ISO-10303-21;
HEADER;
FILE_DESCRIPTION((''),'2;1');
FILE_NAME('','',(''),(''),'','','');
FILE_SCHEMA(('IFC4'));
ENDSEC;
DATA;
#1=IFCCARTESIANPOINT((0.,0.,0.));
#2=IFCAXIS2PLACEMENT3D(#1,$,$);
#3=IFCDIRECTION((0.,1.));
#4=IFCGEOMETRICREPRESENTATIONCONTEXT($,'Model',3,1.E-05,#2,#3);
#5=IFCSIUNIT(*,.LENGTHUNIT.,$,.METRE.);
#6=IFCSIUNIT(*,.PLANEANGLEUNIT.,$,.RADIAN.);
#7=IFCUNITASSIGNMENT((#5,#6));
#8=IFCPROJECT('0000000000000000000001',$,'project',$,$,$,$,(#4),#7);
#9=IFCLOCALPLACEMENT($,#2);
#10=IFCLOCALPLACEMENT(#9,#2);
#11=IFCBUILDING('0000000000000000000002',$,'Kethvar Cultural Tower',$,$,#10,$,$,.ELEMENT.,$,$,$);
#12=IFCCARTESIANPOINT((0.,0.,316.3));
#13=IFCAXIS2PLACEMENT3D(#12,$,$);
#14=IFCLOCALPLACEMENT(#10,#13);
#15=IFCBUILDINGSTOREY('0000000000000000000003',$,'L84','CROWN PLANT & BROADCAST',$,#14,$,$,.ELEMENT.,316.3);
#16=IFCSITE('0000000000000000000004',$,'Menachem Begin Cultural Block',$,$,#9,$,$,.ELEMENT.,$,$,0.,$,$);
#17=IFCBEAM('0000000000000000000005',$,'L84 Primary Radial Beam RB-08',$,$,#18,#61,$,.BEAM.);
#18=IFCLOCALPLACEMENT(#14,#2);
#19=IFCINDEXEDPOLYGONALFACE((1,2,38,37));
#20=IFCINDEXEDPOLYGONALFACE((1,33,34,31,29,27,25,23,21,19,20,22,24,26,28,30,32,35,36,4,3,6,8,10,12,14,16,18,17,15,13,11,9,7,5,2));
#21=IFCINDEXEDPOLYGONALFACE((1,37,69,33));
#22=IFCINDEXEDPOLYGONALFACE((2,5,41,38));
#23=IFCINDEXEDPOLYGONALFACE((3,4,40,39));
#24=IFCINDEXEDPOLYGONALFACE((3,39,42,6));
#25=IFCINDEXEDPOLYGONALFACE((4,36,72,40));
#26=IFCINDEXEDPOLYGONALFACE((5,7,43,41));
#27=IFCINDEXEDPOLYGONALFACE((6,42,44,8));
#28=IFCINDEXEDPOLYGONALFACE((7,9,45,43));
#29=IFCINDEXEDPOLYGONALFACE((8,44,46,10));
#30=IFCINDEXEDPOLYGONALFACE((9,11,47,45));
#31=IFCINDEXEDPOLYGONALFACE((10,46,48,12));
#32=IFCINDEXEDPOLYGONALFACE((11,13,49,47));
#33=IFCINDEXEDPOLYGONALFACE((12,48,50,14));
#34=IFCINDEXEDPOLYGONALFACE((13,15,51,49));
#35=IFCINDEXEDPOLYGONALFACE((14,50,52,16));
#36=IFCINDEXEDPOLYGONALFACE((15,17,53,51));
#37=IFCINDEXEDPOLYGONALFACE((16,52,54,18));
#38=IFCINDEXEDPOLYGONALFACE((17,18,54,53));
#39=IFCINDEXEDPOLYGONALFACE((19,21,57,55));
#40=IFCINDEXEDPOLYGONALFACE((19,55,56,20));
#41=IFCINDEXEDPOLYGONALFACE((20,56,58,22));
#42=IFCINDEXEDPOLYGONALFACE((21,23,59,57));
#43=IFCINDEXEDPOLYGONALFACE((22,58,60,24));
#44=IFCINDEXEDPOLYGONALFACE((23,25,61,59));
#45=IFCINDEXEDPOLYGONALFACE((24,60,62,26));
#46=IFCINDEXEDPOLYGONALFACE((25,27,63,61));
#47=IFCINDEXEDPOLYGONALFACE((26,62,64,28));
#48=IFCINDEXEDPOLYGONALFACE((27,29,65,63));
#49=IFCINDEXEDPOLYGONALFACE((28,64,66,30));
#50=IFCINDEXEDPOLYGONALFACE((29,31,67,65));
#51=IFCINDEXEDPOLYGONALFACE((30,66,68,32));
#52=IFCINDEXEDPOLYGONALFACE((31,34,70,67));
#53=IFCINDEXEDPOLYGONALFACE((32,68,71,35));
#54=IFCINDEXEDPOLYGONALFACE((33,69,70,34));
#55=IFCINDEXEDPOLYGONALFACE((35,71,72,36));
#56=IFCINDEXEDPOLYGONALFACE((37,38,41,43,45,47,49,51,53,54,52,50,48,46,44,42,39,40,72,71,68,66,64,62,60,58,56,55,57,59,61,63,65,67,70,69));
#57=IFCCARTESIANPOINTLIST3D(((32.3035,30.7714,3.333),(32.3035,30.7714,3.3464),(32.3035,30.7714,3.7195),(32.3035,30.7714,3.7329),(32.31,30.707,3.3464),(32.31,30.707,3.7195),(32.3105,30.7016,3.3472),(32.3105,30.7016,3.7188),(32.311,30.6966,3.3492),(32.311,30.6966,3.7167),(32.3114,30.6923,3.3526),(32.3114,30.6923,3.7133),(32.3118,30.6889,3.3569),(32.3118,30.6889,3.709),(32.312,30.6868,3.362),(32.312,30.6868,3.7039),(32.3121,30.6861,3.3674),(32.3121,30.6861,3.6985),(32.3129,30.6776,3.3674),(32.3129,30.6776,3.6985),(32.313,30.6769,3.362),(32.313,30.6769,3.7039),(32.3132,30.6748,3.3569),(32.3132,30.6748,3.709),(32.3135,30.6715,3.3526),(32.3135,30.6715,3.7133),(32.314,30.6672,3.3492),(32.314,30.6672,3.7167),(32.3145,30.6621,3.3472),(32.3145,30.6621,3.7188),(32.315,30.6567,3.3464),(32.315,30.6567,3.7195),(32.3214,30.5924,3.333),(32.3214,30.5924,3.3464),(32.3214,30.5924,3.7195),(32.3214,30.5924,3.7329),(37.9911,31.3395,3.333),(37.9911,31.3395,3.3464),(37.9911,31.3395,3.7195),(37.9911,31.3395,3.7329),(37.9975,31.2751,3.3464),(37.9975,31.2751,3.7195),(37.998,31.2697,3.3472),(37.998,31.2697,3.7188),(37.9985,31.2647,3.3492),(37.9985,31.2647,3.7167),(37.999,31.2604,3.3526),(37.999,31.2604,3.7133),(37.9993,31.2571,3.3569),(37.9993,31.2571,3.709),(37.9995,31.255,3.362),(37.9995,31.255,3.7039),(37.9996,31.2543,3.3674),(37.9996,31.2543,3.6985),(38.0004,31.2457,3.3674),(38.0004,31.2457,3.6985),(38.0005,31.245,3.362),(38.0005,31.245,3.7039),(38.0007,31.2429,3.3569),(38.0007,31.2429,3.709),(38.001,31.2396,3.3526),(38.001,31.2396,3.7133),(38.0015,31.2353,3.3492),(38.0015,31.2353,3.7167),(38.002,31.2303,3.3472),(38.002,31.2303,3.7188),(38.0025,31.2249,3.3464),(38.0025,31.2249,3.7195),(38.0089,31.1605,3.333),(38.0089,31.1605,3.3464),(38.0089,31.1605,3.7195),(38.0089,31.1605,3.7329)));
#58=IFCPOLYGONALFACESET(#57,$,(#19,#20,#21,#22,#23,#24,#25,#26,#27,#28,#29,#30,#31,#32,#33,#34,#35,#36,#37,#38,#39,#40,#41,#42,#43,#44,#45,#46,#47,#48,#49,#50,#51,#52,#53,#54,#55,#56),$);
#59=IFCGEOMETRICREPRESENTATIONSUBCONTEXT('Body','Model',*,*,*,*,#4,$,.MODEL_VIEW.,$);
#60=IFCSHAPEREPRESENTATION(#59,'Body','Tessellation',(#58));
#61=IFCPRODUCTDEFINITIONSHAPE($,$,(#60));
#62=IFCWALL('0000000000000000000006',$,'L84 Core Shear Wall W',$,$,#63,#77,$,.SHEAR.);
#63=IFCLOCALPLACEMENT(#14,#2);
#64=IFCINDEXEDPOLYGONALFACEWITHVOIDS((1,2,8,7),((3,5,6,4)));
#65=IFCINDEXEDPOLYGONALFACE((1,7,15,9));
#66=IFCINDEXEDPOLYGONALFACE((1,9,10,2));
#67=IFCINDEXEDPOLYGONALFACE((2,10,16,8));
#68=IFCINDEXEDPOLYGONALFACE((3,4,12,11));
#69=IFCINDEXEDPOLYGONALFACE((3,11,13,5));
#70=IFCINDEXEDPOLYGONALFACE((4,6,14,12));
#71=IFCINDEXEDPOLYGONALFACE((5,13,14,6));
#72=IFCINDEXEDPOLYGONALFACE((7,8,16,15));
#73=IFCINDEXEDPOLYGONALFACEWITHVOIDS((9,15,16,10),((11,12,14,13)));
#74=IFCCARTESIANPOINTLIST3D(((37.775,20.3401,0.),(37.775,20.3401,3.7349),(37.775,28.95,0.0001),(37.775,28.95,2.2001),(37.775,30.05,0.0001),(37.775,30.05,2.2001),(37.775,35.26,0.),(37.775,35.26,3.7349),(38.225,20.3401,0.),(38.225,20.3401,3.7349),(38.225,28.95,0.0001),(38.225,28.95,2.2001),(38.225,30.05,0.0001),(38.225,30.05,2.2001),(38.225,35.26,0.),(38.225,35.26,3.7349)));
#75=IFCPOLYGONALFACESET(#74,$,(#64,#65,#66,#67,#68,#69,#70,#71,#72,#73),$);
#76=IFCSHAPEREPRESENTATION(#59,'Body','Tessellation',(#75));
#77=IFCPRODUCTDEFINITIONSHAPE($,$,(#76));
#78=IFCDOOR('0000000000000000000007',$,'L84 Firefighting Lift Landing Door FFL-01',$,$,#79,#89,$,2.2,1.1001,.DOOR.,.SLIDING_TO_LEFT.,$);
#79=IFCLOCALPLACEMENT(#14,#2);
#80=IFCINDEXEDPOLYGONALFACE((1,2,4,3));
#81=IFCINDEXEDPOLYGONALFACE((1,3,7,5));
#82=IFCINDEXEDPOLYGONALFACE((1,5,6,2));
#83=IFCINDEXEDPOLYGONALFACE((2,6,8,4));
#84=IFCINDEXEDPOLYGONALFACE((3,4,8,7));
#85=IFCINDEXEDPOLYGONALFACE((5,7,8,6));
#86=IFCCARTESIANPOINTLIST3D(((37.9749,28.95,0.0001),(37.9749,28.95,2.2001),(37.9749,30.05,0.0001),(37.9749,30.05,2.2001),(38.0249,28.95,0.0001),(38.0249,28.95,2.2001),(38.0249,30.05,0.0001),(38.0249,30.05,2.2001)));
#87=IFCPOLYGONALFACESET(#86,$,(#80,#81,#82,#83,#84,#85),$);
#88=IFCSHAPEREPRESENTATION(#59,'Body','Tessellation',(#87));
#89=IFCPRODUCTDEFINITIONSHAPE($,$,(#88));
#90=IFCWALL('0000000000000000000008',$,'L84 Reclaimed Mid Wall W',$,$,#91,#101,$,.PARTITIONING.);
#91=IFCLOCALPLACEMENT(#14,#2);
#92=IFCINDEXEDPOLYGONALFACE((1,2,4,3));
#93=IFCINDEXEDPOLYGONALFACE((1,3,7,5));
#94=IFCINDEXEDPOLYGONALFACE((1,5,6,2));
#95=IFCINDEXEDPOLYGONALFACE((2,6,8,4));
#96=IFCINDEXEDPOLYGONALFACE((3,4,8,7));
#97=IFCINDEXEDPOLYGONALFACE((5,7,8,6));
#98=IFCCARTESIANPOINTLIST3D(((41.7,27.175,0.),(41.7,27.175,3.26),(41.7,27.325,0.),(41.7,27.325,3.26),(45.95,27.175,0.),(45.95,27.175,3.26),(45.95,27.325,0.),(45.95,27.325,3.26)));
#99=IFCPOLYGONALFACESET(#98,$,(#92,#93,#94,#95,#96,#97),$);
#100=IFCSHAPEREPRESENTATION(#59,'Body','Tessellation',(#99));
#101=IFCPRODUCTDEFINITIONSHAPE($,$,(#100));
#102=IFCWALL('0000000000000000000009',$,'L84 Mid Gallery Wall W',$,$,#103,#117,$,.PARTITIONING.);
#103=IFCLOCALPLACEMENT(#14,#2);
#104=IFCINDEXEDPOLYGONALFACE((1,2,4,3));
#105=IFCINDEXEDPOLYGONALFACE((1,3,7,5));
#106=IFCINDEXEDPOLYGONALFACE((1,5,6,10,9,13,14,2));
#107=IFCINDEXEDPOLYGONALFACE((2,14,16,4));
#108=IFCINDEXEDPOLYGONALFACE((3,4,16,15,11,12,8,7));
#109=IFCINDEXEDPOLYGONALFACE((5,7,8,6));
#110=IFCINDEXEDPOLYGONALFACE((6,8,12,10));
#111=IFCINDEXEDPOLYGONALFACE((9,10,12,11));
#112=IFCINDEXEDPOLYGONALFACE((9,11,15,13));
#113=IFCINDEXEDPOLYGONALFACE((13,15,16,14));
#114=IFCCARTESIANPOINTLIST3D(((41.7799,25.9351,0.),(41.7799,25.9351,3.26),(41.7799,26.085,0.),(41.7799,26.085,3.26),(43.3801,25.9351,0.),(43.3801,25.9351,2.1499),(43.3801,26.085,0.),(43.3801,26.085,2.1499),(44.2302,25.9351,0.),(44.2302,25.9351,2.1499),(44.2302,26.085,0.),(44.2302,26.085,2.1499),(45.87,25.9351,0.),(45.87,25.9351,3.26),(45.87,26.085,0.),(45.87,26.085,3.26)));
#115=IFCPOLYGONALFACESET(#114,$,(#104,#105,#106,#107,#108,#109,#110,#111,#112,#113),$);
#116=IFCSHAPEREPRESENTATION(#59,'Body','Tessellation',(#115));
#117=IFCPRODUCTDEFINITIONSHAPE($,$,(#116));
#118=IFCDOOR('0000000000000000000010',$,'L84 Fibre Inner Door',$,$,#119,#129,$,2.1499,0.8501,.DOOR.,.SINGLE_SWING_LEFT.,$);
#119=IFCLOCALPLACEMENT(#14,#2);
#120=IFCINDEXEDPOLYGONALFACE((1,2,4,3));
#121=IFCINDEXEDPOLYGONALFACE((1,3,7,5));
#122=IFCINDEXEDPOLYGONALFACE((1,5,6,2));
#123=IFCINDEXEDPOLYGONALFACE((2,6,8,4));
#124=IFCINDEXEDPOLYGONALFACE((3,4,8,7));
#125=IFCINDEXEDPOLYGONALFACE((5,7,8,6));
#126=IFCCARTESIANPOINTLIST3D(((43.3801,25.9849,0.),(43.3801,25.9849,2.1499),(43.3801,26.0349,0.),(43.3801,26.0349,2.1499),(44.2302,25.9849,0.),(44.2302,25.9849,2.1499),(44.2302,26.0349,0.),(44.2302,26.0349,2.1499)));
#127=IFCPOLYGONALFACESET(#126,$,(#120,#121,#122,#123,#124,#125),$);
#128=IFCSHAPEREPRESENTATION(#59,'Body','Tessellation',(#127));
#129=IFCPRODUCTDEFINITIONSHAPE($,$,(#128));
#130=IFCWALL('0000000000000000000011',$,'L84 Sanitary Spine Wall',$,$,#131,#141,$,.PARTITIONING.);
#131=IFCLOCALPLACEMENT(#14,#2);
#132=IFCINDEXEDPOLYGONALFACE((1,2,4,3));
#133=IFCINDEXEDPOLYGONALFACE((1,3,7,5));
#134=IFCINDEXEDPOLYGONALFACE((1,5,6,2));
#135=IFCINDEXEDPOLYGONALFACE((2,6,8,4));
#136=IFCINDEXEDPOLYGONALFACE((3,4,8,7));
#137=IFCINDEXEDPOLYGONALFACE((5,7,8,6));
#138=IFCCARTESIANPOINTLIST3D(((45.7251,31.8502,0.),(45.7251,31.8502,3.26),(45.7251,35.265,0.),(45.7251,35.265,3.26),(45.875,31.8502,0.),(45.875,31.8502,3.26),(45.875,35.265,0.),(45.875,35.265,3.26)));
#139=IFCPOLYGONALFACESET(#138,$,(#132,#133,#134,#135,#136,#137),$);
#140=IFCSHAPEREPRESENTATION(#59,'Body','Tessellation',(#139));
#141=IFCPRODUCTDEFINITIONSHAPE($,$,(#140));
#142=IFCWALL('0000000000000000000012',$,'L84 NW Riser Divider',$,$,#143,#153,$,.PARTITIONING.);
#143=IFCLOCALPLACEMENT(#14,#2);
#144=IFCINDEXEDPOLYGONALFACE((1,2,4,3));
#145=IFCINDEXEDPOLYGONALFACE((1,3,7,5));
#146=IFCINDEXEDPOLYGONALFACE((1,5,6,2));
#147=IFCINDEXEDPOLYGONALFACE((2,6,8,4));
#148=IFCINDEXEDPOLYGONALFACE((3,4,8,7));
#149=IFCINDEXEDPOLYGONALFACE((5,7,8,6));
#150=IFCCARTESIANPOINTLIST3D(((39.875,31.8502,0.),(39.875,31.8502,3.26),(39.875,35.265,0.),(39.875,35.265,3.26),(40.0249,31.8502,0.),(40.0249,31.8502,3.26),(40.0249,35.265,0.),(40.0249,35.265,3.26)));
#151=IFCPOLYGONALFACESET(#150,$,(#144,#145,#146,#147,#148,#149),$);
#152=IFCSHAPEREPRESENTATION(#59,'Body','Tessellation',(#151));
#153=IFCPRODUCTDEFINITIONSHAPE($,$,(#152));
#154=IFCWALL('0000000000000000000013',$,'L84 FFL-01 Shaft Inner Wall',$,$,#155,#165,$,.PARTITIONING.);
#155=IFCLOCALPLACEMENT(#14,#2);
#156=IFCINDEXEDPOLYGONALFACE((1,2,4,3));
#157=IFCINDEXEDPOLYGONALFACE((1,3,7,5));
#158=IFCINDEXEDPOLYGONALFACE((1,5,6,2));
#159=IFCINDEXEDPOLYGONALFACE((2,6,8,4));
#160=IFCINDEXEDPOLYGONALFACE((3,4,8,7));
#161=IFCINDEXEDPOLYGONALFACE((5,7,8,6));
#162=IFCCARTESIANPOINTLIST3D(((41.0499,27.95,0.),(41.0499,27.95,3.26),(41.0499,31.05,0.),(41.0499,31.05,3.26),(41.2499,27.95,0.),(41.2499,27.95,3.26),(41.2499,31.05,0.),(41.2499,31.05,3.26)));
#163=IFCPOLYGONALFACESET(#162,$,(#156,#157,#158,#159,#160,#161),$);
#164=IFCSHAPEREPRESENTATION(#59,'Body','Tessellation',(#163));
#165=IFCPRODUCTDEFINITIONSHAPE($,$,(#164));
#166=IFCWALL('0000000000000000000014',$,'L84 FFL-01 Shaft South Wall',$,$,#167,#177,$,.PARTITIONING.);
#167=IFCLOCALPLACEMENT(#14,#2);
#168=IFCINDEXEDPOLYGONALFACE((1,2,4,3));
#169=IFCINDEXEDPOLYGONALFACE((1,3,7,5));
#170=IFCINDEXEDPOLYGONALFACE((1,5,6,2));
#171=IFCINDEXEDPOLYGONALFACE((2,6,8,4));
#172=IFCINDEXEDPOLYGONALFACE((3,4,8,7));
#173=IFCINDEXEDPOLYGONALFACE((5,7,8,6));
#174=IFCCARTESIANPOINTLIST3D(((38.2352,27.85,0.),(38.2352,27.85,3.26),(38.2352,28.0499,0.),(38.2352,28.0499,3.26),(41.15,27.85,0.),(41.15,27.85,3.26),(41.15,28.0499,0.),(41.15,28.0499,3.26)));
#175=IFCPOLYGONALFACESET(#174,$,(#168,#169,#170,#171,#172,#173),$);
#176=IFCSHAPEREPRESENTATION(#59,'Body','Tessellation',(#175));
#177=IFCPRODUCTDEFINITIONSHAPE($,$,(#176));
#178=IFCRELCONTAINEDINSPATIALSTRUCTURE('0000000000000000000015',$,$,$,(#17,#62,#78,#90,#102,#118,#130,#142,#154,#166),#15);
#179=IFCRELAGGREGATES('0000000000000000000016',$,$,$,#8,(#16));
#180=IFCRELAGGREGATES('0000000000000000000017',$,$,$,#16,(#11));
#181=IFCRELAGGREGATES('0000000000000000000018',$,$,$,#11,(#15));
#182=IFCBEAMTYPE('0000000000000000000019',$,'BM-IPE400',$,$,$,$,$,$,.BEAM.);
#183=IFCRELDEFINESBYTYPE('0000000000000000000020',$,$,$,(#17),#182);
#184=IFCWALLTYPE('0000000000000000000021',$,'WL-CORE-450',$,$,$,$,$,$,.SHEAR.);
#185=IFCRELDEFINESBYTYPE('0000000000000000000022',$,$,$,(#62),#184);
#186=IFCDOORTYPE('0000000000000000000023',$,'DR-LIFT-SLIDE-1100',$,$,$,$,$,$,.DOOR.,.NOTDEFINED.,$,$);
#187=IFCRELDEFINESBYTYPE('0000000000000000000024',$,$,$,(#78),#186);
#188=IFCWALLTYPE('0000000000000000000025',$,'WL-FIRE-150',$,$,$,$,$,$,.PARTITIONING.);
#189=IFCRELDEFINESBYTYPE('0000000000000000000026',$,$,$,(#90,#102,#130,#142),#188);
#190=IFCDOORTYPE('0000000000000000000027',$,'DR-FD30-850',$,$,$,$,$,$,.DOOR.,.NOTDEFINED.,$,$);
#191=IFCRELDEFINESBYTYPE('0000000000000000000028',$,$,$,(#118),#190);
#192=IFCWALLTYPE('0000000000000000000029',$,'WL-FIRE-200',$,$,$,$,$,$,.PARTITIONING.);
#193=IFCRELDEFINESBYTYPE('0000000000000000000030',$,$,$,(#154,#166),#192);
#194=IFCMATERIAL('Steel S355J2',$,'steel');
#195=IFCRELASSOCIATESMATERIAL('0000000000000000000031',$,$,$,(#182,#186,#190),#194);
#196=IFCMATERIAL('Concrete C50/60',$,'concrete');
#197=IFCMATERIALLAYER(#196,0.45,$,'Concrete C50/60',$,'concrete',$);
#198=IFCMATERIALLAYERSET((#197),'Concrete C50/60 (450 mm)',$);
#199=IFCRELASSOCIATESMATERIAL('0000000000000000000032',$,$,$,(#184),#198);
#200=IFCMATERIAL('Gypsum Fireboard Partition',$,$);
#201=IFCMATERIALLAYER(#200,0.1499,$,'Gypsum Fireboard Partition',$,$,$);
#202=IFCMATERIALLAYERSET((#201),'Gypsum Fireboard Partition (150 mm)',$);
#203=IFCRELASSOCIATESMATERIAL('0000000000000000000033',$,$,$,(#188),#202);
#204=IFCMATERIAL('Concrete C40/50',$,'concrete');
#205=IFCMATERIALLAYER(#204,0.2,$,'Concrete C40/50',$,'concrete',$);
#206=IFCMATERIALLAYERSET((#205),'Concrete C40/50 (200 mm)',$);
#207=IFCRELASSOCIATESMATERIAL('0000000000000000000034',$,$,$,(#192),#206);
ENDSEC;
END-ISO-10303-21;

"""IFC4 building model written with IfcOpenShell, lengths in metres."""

from ifc_helpers import new_model, si_unit, direction, frame, frame_2d, origin, origin_2d, place, context, subcontext, project, spatial, rectangle, i_section, extrude, source, transform, mapped, material, layer, layer_set, material_profile, profile_set, type_object, element, fill, save


model = new_model("IFC4")

# Units and contexts
model_context = context("Model", 3, precision=1e-05, world=origin(), true_north=direction((0.0, 1.0)))
body_context = subcontext(model_context, "Body", "Model", "MODEL_VIEW")
ifc_project = project(units=[si_unit("LENGTHUNIT", "METRE"), si_unit("PLANEANGLEUNIT", "RADIAN")], contexts=[model_context])

# Site, building, storey
site_placement = place(None, origin())
site = spatial("IfcSite", under=ifc_project, at=site_placement, Name="Menachem Begin Cultural Block", CompositionType="ELEMENT", RefElevation=0.0)
building_placement = place(site_placement, origin())
building = spatial("IfcBuilding", under=site, at=building_placement, Name="Kethvar Cultural Tower", CompositionType="ELEMENT")
storey_placement = place(building_placement, frame((0.0, 0.0, 316.3)))
storey = spatial("IfcBuildingStorey", under=building, at=storey_placement, Name="L84", Description="CROWN PLANT & BROADCAST", CompositionType="ELEMENT", Elevation=316.3)

# Beam
ifc_material_1 = material(Name="Steel S355J2", Category="steel")
ifc_material_profile_1 = material_profile(ifc_material_1, i_section(OverallWidth=0.1799, OverallDepth=0.3999, WebThickness=0.0085, FlangeThickness=0.0134, FilletRadius=0.021, at=origin_2d()), Name="Steel S355J2 — IPE400")
ifc_profile_set_1 = profile_set([ifc_material_profile_1], Name="Steel S355J2 — IPE400")
beam_type_1 = type_object("IfcBeamType", Name="BM-IPE400", PredefinedType="BEAM", material=ifc_profile_set_1)
shared_shape_1 = source(origin(), body_context, "Body", "SweptSolid", [
    extrude(i_section(OverallWidth=0.1799, OverallDepth=0.3999, WebThickness=0.0085, FlangeThickness=0.0134, FilletRadius=0.021, at=origin_2d()), origin(), (0.0, 0.0, 1.0), 5.7158),
])
beam_1_placement = place(storey_placement, frame((38.0, 31.25, 3.533), z_axis=(-0.995048, -0.099394, 0.0), x_axis=(0.099394, -0.995048, 0.0)))
element("IfcBeam", 1, at=beam_1_placement, inside=storey, type_object=beam_type_1, Name="L84 Primary Radial Beam RB-08", PredefinedType="BEAM", context=body_context, shape_type="MappedRepresentation", body=[
    mapped(shared_shape_1, transform((0.0, 0.0, 0.0), scale=1.0)),
])

# Wall, opening, door
ifc_material_2 = material(Name="Concrete C50/60", Category="concrete")
ifc_layer_1 = layer(ifc_material_2, 0.45, Name="Concrete C50/60", Category="concrete")
ifc_layer_set_1 = layer_set([ifc_layer_1], Name="Concrete C50/60 (450 mm)")
wall_type_1 = type_object("IfcWallType", Name="WL-CORE-450", PredefinedType="SHEAR", material=ifc_layer_set_1)
wall_1_placement = place(storey_placement, frame((38.0, 35.26, 0.0), z_axis=(0.0, 0.0, 1.0), x_axis=(0.0, -1.0, 0.0)))
wall_1 = element("IfcWall", 2, at=wall_1_placement, inside=storey, type_object=wall_type_1, Name="L84 Core Shear Wall W", PredefinedType="SHEAR", context=body_context, shape_type="SweptSolid", body=[
    extrude(rectangle(XDim=14.9199, YDim=0.45, at=frame_2d((7.46, 0.0))), origin(), (0.0, 0.0, 1.0), 3.7349),
])
opening_1_placement = place(wall_1_placement, frame((5.21, 0.0, 0.0)))
opening_1 = element("IfcOpeningElement", 3, at=opening_1_placement, cuts=wall_1, PredefinedType="OPENING", context=body_context, shape_type="SweptSolid", body=[
    extrude(rectangle(XDim=1.1001, YDim=2.2, at=frame_2d((0.55, 1.1001))), frame((0.0, 0.2349, 0.0), z_axis=(0.0, -1.0, 0.0), x_axis=(1.0, 0.0, 0.0)), (0.0, 0.0, 1.0), 0.47),
])
door_type_1 = type_object("IfcDoorType", Name="DR-LIFT-SLIDE-1100", OperationType="NOTDEFINED", PredefinedType="DOOR", material=ifc_material_1)
shared_shape_2 = source(origin(), body_context, "Body", "SweptSolid", [
    extrude(rectangle(XDim=1.1001, YDim=2.2, at=frame_2d((0.55, 1.1001))), frame((0.0, 0.0249, 0.0), z_axis=(0.0, -1.0, 0.0), x_axis=(1.0, 0.0, 0.0)), (0.0, 0.0, 1.0), 0.05),
])
door_1_placement = place(opening_1_placement, origin())
door_1 = element("IfcDoor", 4, at=door_1_placement, inside=storey, type_object=door_type_1, Name="L84 Firefighting Lift Landing Door FFL-01", OperationType="SLIDING_TO_LEFT", OverallHeight=2.2, OverallWidth=1.1001, PredefinedType="DOOR", context=body_context, shape_type="MappedRepresentation", body=[
    mapped(shared_shape_2, transform((0.0, 0.0, 0.0), scale=1.0)),
])
fill(opening_1, door_1)

# Wall
ifc_material_3 = material(Name="Gypsum Fireboard Partition")
ifc_layer_2 = layer(ifc_material_3, 0.1499, Name="Gypsum Fireboard Partition")
ifc_layer_set_2 = layer_set([ifc_layer_2], Name="Gypsum Fireboard Partition (150 mm)")
wall_type_2 = type_object("IfcWallType", Name="WL-FIRE-150", PredefinedType="PARTITIONING", material=ifc_layer_set_2)
wall_2_placement = place(storey_placement, frame((41.7, 27.25, 0.0), z_axis=(0.0, 0.0, 1.0), x_axis=(1.0, 0.0, 0.0)))
element("IfcWall", 5, at=wall_2_placement, inside=storey, type_object=wall_type_2, Name="L84 Reclaimed Mid Wall W", PredefinedType="PARTITIONING", context=body_context, shape_type="SweptSolid", body=[
    extrude(rectangle(XDim=4.25, YDim=0.1499, at=frame_2d((2.125, 0.0))), origin(), (0.0, 0.0, 1.0), 3.26),
])

# Wall, opening, door
wall_3_placement = place(storey_placement, frame((41.78, 26.01, 0.0), z_axis=(0.0, 0.0, 1.0), x_axis=(1.0, 0.0, 0.0)))
wall_3 = element("IfcWall", 6, at=wall_3_placement, inside=storey, type_object=wall_type_2, Name="L84 Mid Gallery Wall W", PredefinedType="PARTITIONING", context=body_context, shape_type="SweptSolid", body=[
    extrude(rectangle(XDim=4.0901, YDim=0.1499, at=frame_2d((2.0449, 0.0))), origin(), (0.0, 0.0, 1.0), 3.26),
])
opening_2_placement = place(wall_3_placement, frame((1.6001, 0.0, 0.0)))
opening_2 = element("IfcOpeningElement", 7, at=opening_2_placement, cuts=wall_3, PredefinedType="OPENING", context=body_context, shape_type="SweptSolid", body=[
    extrude(rectangle(XDim=0.8501, YDim=2.1499, at=frame_2d((0.425, 1.075))), frame((0.0, 0.085, 0.0), z_axis=(0.0, -1.0, 0.0), x_axis=(1.0, 0.0, 0.0)), (0.0, 0.0, 1.0), 0.1699),
])
door_type_2 = type_object("IfcDoorType", Name="DR-FD30-850", OperationType="NOTDEFINED", PredefinedType="DOOR", material=ifc_material_1)
shared_shape_3 = source(origin(), body_context, "Body", "SweptSolid", [
    extrude(rectangle(XDim=0.8501, YDim=2.1499, at=frame_2d((0.425, 1.075))), frame((0.0, 0.0249, 0.0), z_axis=(0.0, -1.0, 0.0), x_axis=(1.0, 0.0, 0.0)), (0.0, 0.0, 1.0), 0.05),
])
door_2_placement = place(opening_2_placement, origin())
door_2 = element("IfcDoor", 8, at=door_2_placement, inside=storey, type_object=door_type_2, Name="L84 Fibre Inner Door", OperationType="SINGLE_SWING_LEFT", OverallHeight=2.1499, OverallWidth=0.8501, PredefinedType="DOOR", context=body_context, shape_type="MappedRepresentation", body=[
    mapped(shared_shape_3, transform((0.0, 0.0, 0.0), scale=1.0)),
])
fill(opening_2, door_2)

# Walls
for number, where, z_axis, x_axis, name in (
    (9, (45.8, 31.8501, 0.0), (0.0, 0.0, 1.0), (0.0, 1.0, 0.0), "L84 Sanitary Spine Wall"),
    (10, (39.95, 31.8501, 0.0), (0.0, 0.0, 1.0), (0.0, 1.0, 0.0), "L84 NW Riser Divider"),
):
    element("IfcWall", number, at=place(storey_placement, frame(where, z_axis=z_axis, x_axis=x_axis)), inside=storey, type_object=wall_type_2, Name=name, PredefinedType="PARTITIONING", context=body_context, shape_type="SweptSolid", body=[
        extrude(rectangle(XDim=3.4148, YDim=0.1499, at=frame_2d((1.7075, 0.0))), origin(), (0.0, 0.0, 1.0), 3.26),
    ])
ifc_material_4 = material(Name="Concrete C40/50", Category="concrete")
ifc_layer_3 = layer(ifc_material_4, 0.2, Name="Concrete C40/50", Category="concrete")
ifc_layer_set_3 = layer_set([ifc_layer_3], Name="Concrete C40/50 (200 mm)")
wall_type_3 = type_object("IfcWallType", Name="WL-FIRE-200", PredefinedType="PARTITIONING", material=ifc_layer_set_3)
wall_4_placement = place(storey_placement, frame((41.1499, 27.95, 0.0), z_axis=(0.0, 0.0, 1.0), x_axis=(0.0, 1.0, 0.0)))
element("IfcWall", 11, at=wall_4_placement, inside=storey, type_object=wall_type_3, Name="L84 FFL-01 Shaft Inner Wall", PredefinedType="PARTITIONING", context=body_context, shape_type="SweptSolid", body=[
    extrude(rectangle(XDim=3.1001, YDim=0.2, at=frame_2d((1.55, 0.0))), origin(), (0.0, 0.0, 1.0), 3.26),
])
for number, where, z_axis, x_axis, name in (
    (12, (38.2351, 27.95, 0.0), (0.0, 0.0, 1.0), (1.0, 0.0, 0.0), "L84 FFL-01 Shaft South Wall"),
):
    element("IfcWall", number, at=place(storey_placement, frame(where, z_axis=z_axis, x_axis=x_axis)), inside=storey, type_object=wall_type_3, Name=name, PredefinedType="PARTITIONING", context=body_context, shape_type="SweptSolid", body=[
        extrude(rectangle(XDim=2.9148, YDim=0.2, at=frame_2d((1.4575, 0.0))), origin(), (0.0, 0.0, 1.0), 3.26),
    ])

save(model, "model.ifc")
